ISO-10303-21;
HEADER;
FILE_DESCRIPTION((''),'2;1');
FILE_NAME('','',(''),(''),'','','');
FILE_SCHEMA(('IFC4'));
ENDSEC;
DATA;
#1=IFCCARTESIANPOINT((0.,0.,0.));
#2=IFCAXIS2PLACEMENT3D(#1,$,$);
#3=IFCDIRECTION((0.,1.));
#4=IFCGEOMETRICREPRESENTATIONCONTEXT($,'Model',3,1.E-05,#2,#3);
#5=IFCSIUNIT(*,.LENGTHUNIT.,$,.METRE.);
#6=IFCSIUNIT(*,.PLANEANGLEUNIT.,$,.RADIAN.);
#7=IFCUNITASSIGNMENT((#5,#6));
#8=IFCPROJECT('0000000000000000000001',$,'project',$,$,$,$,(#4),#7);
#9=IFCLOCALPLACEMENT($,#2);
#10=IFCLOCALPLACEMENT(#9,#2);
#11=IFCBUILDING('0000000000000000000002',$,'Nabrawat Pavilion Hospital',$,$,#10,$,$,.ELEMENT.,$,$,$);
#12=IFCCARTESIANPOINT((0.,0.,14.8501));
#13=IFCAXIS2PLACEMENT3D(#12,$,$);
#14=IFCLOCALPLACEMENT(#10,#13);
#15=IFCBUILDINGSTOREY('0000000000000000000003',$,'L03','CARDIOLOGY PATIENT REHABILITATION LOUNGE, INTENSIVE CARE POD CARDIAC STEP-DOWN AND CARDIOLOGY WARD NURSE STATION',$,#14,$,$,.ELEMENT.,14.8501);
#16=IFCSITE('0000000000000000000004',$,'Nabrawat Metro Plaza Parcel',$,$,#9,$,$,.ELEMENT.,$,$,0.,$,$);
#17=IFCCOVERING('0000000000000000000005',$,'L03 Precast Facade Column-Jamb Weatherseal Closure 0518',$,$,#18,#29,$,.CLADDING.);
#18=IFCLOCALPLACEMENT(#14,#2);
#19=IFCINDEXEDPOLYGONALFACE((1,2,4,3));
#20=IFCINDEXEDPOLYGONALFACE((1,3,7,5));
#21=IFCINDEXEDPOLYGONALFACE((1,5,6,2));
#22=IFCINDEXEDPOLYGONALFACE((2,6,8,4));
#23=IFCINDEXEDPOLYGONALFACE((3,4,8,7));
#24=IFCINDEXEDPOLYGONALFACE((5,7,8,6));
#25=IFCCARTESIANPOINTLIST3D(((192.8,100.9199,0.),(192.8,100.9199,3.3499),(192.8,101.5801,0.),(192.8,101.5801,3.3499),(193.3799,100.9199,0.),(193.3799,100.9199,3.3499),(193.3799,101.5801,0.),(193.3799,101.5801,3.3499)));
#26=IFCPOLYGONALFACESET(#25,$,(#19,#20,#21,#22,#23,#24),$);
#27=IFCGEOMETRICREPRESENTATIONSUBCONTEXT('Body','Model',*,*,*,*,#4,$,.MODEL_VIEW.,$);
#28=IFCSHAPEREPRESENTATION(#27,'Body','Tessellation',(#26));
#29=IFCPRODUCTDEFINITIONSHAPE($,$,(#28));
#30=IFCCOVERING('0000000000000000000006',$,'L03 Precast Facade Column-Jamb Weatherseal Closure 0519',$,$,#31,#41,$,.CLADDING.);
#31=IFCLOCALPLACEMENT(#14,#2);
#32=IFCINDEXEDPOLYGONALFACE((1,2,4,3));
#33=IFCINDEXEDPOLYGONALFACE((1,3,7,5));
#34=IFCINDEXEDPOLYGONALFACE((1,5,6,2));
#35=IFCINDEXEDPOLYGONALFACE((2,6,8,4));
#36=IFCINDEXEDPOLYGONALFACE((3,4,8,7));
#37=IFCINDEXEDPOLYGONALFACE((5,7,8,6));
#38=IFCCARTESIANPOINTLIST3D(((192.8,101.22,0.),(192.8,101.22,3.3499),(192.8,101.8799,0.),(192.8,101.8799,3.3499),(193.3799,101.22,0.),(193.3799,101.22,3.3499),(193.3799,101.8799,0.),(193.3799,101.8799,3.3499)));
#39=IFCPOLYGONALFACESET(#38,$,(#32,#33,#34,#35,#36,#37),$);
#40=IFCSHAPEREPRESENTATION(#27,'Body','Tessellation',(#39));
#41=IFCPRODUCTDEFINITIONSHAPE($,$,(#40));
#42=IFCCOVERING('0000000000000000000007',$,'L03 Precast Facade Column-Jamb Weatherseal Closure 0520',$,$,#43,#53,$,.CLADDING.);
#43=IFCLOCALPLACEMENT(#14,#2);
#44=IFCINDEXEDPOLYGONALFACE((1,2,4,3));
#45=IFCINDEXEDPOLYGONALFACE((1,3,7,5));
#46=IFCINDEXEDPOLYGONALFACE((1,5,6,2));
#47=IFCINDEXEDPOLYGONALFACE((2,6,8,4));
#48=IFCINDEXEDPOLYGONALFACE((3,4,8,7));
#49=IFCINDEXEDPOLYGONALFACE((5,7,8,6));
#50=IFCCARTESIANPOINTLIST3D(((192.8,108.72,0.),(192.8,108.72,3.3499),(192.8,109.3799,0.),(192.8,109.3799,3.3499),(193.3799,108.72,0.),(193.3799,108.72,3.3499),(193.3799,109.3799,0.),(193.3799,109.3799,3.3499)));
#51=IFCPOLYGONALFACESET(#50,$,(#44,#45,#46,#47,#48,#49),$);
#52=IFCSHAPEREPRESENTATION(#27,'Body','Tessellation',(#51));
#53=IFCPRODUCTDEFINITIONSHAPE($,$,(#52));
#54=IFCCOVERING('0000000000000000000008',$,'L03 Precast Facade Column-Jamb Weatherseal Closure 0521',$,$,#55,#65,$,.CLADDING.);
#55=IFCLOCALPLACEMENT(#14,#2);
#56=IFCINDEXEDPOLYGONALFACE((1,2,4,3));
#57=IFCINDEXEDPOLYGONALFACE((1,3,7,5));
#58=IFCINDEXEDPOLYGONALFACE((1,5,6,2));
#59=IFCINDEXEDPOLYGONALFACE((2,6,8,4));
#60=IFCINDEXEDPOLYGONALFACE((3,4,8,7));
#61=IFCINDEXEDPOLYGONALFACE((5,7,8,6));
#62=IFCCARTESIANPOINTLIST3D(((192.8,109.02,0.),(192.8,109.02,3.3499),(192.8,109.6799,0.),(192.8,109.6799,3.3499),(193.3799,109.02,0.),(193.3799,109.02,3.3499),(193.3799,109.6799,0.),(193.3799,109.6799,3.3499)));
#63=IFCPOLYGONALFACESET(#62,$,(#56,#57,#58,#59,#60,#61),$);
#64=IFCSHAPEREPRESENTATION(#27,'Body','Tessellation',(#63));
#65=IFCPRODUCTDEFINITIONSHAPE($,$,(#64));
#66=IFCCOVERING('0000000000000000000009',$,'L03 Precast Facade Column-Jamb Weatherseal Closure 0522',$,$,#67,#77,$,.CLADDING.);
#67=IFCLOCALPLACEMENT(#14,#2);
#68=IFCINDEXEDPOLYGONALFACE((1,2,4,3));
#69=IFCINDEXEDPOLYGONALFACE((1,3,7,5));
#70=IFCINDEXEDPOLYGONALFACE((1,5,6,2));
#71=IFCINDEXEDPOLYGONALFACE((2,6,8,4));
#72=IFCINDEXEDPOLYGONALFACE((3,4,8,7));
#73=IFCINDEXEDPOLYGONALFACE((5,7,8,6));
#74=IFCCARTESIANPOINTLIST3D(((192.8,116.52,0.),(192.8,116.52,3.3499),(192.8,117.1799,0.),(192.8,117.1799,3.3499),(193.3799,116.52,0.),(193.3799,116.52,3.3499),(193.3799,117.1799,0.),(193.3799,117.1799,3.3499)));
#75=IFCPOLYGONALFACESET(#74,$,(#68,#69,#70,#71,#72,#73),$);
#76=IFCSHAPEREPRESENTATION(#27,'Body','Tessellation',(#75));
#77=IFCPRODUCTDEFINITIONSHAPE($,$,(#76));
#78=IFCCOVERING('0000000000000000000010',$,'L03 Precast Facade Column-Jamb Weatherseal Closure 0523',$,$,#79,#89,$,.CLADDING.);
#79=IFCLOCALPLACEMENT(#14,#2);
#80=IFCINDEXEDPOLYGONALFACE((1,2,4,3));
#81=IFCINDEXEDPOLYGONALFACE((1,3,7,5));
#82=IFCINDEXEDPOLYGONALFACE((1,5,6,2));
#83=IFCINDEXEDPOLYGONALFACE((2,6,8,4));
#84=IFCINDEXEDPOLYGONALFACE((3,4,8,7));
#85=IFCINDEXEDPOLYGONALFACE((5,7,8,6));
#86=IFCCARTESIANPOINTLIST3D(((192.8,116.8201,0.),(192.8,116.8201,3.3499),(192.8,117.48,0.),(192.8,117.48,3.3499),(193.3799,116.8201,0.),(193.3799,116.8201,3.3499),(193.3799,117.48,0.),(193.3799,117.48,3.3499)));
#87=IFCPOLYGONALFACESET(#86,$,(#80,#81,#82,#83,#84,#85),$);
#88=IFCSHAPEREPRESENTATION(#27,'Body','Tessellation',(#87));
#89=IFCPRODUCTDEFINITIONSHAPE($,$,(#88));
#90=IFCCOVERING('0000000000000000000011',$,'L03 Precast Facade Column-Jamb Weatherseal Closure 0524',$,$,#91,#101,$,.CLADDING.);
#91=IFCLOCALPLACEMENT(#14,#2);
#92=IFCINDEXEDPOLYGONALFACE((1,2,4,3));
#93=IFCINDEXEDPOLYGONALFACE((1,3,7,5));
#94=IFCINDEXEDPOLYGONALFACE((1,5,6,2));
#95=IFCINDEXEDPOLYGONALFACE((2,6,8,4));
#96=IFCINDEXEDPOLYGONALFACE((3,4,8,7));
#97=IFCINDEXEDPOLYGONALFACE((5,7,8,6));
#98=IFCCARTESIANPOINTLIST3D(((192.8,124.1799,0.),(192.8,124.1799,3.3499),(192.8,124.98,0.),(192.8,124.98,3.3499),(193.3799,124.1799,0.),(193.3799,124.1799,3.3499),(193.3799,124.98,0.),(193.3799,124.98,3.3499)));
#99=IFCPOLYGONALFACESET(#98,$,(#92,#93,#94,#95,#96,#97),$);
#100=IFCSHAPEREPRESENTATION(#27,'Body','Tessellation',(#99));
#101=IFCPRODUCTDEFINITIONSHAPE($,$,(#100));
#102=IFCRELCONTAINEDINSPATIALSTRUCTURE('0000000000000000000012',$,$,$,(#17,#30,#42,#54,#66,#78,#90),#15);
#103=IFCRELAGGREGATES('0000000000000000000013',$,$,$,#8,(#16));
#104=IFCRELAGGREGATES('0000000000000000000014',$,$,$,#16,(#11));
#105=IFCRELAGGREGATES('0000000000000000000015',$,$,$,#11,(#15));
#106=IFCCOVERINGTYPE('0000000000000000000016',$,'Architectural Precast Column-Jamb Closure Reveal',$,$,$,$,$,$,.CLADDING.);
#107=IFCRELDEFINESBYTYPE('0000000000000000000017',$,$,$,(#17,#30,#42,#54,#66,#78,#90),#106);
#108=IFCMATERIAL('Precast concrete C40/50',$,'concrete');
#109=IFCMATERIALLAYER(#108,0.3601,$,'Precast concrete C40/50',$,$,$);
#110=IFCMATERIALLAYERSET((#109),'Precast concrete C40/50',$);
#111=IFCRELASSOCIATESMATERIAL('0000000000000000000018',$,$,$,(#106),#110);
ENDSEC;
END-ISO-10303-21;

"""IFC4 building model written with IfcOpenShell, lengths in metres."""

from ifc_helpers import new_model, si_unit, direction, frame, origin, place, context, subcontext, project, spatial, polyline, outline, extrude, material, layer, layer_set, type_object, element, save


model = new_model("IFC4")

# Units and contexts
model_context = context("Model", 3, precision=1e-05, world=origin(), true_north=direction((0.0, 1.0)))
body_context = subcontext(model_context, "Body", "Model", "MODEL_VIEW")
ifc_project = project(units=[si_unit("LENGTHUNIT", "METRE"), si_unit("PLANEANGLEUNIT", "RADIAN")], contexts=[model_context])

# Site, building, storey
site_placement = place(None, origin())
site = spatial("IfcSite", under=ifc_project, at=site_placement, Name="Nabrawat Metro Plaza Parcel", CompositionType="ELEMENT", RefElevation=0.0)
building_placement = place(site_placement, origin())
building = spatial("IfcBuilding", under=site, at=building_placement, Name="Nabrawat Pavilion Hospital", CompositionType="ELEMENT")
storey_placement = place(building_placement, frame((0.0, 0.0, 14.8501)))
storey = spatial("IfcBuildingStorey", under=building, at=storey_placement, Name="L03", Description="CARDIOLOGY PATIENT REHABILITATION LOUNGE, INTENSIVE CARE POD CARDIAC STEP-DOWN AND CARDIOLOGY WARD NURSE STATION", CompositionType="ELEMENT", Elevation=14.8501)

# Coverings
ifc_material = material(Name="Precast concrete C40/50", Category="concrete")
ifc_layer = layer(ifc_material, 0.3601, Name="Precast concrete C40/50")
ifc_layer_set = layer_set([ifc_layer], Name="Precast concrete C40/50")
covering_type = type_object("IfcCoveringType", Name="Architectural Precast Column-Jamb Closure Reveal", PredefinedType="CLADDING", material=ifc_layer_set)
covering_1_placement = place(storey_placement, origin())
element("IfcCovering", 1, at=covering_1_placement, inside=storey, type_object=covering_type, Name="L03 Precast Facade Column-Jamb Weatherseal Closure 0518", PredefinedType="CLADDING", context=body_context, shape_type="SweptSolid", body=[
    extrude(outline(polyline([(193.3799, 100.9199), (193.3799, 101.5801), (192.8, 101.5801), (192.8, 100.9199), (193.3799, 100.9199)])), origin(), (0.0, 0.0, 1.0), 3.3499),
])
covering_2_placement = place(storey_placement, origin())
element("IfcCovering", 2, at=covering_2_placement, inside=storey, type_object=covering_type, Name="L03 Precast Facade Column-Jamb Weatherseal Closure 0519", PredefinedType="CLADDING", context=body_context, shape_type="SweptSolid", body=[
    extrude(outline(polyline([(193.3799, 101.22), (193.3799, 101.8799), (192.8, 101.8799), (192.8, 101.22), (193.3799, 101.22)])), origin(), (0.0, 0.0, 1.0), 3.3499),
])
covering_3_placement = place(storey_placement, origin())
element("IfcCovering", 3, at=covering_3_placement, inside=storey, type_object=covering_type, Name="L03 Precast Facade Column-Jamb Weatherseal Closure 0520", PredefinedType="CLADDING", context=body_context, shape_type="SweptSolid", body=[
    extrude(outline(polyline([(193.3799, 108.72), (193.3799, 109.3799), (192.8, 109.3799), (192.8, 108.72), (193.3799, 108.72)])), origin(), (0.0, 0.0, 1.0), 3.3499),
])
covering_4_placement = place(storey_placement, origin())
element("IfcCovering", 4, at=covering_4_placement, inside=storey, type_object=covering_type, Name="L03 Precast Facade Column-Jamb Weatherseal Closure 0521", PredefinedType="CLADDING", context=body_context, shape_type="SweptSolid", body=[
    extrude(outline(polyline([(193.3799, 109.02), (193.3799, 109.6799), (192.8, 109.6799), (192.8, 109.02), (193.3799, 109.02)])), origin(), (0.0, 0.0, 1.0), 3.3499),
])
covering_5_placement = place(storey_placement, origin())
element("IfcCovering", 5, at=covering_5_placement, inside=storey, type_object=covering_type, Name="L03 Precast Facade Column-Jamb Weatherseal Closure 0522", PredefinedType="CLADDING", context=body_context, shape_type="SweptSolid", body=[
    extrude(outline(polyline([(193.3799, 116.52), (193.3799, 117.1799), (192.8, 117.1799), (192.8, 116.52), (193.3799, 116.52)])), origin(), (0.0, 0.0, 1.0), 3.3499),
])
covering_6_placement = place(storey_placement, origin())
element("IfcCovering", 6, at=covering_6_placement, inside=storey, type_object=covering_type, Name="L03 Precast Facade Column-Jamb Weatherseal Closure 0523", PredefinedType="CLADDING", context=body_context, shape_type="SweptSolid", body=[
    extrude(outline(polyline([(193.3799, 116.8201), (193.3799, 117.48), (192.8, 117.48), (192.8, 116.8201), (193.3799, 116.8201)])), origin(), (0.0, 0.0, 1.0), 3.3499),
])
covering_7_placement = place(storey_placement, origin())
element("IfcCovering", 7, at=covering_7_placement, inside=storey, type_object=covering_type, Name="L03 Precast Facade Column-Jamb Weatherseal Closure 0524", PredefinedType="CLADDING", context=body_context, shape_type="SweptSolid", body=[
    extrude(outline(polyline([(193.3799, 124.1799), (193.3799, 124.98), (192.8, 124.98), (192.8, 124.1799), (193.3799, 124.1799)])), origin(), (0.0, 0.0, 1.0), 3.3499),
])

save(model, "model.ifc")
